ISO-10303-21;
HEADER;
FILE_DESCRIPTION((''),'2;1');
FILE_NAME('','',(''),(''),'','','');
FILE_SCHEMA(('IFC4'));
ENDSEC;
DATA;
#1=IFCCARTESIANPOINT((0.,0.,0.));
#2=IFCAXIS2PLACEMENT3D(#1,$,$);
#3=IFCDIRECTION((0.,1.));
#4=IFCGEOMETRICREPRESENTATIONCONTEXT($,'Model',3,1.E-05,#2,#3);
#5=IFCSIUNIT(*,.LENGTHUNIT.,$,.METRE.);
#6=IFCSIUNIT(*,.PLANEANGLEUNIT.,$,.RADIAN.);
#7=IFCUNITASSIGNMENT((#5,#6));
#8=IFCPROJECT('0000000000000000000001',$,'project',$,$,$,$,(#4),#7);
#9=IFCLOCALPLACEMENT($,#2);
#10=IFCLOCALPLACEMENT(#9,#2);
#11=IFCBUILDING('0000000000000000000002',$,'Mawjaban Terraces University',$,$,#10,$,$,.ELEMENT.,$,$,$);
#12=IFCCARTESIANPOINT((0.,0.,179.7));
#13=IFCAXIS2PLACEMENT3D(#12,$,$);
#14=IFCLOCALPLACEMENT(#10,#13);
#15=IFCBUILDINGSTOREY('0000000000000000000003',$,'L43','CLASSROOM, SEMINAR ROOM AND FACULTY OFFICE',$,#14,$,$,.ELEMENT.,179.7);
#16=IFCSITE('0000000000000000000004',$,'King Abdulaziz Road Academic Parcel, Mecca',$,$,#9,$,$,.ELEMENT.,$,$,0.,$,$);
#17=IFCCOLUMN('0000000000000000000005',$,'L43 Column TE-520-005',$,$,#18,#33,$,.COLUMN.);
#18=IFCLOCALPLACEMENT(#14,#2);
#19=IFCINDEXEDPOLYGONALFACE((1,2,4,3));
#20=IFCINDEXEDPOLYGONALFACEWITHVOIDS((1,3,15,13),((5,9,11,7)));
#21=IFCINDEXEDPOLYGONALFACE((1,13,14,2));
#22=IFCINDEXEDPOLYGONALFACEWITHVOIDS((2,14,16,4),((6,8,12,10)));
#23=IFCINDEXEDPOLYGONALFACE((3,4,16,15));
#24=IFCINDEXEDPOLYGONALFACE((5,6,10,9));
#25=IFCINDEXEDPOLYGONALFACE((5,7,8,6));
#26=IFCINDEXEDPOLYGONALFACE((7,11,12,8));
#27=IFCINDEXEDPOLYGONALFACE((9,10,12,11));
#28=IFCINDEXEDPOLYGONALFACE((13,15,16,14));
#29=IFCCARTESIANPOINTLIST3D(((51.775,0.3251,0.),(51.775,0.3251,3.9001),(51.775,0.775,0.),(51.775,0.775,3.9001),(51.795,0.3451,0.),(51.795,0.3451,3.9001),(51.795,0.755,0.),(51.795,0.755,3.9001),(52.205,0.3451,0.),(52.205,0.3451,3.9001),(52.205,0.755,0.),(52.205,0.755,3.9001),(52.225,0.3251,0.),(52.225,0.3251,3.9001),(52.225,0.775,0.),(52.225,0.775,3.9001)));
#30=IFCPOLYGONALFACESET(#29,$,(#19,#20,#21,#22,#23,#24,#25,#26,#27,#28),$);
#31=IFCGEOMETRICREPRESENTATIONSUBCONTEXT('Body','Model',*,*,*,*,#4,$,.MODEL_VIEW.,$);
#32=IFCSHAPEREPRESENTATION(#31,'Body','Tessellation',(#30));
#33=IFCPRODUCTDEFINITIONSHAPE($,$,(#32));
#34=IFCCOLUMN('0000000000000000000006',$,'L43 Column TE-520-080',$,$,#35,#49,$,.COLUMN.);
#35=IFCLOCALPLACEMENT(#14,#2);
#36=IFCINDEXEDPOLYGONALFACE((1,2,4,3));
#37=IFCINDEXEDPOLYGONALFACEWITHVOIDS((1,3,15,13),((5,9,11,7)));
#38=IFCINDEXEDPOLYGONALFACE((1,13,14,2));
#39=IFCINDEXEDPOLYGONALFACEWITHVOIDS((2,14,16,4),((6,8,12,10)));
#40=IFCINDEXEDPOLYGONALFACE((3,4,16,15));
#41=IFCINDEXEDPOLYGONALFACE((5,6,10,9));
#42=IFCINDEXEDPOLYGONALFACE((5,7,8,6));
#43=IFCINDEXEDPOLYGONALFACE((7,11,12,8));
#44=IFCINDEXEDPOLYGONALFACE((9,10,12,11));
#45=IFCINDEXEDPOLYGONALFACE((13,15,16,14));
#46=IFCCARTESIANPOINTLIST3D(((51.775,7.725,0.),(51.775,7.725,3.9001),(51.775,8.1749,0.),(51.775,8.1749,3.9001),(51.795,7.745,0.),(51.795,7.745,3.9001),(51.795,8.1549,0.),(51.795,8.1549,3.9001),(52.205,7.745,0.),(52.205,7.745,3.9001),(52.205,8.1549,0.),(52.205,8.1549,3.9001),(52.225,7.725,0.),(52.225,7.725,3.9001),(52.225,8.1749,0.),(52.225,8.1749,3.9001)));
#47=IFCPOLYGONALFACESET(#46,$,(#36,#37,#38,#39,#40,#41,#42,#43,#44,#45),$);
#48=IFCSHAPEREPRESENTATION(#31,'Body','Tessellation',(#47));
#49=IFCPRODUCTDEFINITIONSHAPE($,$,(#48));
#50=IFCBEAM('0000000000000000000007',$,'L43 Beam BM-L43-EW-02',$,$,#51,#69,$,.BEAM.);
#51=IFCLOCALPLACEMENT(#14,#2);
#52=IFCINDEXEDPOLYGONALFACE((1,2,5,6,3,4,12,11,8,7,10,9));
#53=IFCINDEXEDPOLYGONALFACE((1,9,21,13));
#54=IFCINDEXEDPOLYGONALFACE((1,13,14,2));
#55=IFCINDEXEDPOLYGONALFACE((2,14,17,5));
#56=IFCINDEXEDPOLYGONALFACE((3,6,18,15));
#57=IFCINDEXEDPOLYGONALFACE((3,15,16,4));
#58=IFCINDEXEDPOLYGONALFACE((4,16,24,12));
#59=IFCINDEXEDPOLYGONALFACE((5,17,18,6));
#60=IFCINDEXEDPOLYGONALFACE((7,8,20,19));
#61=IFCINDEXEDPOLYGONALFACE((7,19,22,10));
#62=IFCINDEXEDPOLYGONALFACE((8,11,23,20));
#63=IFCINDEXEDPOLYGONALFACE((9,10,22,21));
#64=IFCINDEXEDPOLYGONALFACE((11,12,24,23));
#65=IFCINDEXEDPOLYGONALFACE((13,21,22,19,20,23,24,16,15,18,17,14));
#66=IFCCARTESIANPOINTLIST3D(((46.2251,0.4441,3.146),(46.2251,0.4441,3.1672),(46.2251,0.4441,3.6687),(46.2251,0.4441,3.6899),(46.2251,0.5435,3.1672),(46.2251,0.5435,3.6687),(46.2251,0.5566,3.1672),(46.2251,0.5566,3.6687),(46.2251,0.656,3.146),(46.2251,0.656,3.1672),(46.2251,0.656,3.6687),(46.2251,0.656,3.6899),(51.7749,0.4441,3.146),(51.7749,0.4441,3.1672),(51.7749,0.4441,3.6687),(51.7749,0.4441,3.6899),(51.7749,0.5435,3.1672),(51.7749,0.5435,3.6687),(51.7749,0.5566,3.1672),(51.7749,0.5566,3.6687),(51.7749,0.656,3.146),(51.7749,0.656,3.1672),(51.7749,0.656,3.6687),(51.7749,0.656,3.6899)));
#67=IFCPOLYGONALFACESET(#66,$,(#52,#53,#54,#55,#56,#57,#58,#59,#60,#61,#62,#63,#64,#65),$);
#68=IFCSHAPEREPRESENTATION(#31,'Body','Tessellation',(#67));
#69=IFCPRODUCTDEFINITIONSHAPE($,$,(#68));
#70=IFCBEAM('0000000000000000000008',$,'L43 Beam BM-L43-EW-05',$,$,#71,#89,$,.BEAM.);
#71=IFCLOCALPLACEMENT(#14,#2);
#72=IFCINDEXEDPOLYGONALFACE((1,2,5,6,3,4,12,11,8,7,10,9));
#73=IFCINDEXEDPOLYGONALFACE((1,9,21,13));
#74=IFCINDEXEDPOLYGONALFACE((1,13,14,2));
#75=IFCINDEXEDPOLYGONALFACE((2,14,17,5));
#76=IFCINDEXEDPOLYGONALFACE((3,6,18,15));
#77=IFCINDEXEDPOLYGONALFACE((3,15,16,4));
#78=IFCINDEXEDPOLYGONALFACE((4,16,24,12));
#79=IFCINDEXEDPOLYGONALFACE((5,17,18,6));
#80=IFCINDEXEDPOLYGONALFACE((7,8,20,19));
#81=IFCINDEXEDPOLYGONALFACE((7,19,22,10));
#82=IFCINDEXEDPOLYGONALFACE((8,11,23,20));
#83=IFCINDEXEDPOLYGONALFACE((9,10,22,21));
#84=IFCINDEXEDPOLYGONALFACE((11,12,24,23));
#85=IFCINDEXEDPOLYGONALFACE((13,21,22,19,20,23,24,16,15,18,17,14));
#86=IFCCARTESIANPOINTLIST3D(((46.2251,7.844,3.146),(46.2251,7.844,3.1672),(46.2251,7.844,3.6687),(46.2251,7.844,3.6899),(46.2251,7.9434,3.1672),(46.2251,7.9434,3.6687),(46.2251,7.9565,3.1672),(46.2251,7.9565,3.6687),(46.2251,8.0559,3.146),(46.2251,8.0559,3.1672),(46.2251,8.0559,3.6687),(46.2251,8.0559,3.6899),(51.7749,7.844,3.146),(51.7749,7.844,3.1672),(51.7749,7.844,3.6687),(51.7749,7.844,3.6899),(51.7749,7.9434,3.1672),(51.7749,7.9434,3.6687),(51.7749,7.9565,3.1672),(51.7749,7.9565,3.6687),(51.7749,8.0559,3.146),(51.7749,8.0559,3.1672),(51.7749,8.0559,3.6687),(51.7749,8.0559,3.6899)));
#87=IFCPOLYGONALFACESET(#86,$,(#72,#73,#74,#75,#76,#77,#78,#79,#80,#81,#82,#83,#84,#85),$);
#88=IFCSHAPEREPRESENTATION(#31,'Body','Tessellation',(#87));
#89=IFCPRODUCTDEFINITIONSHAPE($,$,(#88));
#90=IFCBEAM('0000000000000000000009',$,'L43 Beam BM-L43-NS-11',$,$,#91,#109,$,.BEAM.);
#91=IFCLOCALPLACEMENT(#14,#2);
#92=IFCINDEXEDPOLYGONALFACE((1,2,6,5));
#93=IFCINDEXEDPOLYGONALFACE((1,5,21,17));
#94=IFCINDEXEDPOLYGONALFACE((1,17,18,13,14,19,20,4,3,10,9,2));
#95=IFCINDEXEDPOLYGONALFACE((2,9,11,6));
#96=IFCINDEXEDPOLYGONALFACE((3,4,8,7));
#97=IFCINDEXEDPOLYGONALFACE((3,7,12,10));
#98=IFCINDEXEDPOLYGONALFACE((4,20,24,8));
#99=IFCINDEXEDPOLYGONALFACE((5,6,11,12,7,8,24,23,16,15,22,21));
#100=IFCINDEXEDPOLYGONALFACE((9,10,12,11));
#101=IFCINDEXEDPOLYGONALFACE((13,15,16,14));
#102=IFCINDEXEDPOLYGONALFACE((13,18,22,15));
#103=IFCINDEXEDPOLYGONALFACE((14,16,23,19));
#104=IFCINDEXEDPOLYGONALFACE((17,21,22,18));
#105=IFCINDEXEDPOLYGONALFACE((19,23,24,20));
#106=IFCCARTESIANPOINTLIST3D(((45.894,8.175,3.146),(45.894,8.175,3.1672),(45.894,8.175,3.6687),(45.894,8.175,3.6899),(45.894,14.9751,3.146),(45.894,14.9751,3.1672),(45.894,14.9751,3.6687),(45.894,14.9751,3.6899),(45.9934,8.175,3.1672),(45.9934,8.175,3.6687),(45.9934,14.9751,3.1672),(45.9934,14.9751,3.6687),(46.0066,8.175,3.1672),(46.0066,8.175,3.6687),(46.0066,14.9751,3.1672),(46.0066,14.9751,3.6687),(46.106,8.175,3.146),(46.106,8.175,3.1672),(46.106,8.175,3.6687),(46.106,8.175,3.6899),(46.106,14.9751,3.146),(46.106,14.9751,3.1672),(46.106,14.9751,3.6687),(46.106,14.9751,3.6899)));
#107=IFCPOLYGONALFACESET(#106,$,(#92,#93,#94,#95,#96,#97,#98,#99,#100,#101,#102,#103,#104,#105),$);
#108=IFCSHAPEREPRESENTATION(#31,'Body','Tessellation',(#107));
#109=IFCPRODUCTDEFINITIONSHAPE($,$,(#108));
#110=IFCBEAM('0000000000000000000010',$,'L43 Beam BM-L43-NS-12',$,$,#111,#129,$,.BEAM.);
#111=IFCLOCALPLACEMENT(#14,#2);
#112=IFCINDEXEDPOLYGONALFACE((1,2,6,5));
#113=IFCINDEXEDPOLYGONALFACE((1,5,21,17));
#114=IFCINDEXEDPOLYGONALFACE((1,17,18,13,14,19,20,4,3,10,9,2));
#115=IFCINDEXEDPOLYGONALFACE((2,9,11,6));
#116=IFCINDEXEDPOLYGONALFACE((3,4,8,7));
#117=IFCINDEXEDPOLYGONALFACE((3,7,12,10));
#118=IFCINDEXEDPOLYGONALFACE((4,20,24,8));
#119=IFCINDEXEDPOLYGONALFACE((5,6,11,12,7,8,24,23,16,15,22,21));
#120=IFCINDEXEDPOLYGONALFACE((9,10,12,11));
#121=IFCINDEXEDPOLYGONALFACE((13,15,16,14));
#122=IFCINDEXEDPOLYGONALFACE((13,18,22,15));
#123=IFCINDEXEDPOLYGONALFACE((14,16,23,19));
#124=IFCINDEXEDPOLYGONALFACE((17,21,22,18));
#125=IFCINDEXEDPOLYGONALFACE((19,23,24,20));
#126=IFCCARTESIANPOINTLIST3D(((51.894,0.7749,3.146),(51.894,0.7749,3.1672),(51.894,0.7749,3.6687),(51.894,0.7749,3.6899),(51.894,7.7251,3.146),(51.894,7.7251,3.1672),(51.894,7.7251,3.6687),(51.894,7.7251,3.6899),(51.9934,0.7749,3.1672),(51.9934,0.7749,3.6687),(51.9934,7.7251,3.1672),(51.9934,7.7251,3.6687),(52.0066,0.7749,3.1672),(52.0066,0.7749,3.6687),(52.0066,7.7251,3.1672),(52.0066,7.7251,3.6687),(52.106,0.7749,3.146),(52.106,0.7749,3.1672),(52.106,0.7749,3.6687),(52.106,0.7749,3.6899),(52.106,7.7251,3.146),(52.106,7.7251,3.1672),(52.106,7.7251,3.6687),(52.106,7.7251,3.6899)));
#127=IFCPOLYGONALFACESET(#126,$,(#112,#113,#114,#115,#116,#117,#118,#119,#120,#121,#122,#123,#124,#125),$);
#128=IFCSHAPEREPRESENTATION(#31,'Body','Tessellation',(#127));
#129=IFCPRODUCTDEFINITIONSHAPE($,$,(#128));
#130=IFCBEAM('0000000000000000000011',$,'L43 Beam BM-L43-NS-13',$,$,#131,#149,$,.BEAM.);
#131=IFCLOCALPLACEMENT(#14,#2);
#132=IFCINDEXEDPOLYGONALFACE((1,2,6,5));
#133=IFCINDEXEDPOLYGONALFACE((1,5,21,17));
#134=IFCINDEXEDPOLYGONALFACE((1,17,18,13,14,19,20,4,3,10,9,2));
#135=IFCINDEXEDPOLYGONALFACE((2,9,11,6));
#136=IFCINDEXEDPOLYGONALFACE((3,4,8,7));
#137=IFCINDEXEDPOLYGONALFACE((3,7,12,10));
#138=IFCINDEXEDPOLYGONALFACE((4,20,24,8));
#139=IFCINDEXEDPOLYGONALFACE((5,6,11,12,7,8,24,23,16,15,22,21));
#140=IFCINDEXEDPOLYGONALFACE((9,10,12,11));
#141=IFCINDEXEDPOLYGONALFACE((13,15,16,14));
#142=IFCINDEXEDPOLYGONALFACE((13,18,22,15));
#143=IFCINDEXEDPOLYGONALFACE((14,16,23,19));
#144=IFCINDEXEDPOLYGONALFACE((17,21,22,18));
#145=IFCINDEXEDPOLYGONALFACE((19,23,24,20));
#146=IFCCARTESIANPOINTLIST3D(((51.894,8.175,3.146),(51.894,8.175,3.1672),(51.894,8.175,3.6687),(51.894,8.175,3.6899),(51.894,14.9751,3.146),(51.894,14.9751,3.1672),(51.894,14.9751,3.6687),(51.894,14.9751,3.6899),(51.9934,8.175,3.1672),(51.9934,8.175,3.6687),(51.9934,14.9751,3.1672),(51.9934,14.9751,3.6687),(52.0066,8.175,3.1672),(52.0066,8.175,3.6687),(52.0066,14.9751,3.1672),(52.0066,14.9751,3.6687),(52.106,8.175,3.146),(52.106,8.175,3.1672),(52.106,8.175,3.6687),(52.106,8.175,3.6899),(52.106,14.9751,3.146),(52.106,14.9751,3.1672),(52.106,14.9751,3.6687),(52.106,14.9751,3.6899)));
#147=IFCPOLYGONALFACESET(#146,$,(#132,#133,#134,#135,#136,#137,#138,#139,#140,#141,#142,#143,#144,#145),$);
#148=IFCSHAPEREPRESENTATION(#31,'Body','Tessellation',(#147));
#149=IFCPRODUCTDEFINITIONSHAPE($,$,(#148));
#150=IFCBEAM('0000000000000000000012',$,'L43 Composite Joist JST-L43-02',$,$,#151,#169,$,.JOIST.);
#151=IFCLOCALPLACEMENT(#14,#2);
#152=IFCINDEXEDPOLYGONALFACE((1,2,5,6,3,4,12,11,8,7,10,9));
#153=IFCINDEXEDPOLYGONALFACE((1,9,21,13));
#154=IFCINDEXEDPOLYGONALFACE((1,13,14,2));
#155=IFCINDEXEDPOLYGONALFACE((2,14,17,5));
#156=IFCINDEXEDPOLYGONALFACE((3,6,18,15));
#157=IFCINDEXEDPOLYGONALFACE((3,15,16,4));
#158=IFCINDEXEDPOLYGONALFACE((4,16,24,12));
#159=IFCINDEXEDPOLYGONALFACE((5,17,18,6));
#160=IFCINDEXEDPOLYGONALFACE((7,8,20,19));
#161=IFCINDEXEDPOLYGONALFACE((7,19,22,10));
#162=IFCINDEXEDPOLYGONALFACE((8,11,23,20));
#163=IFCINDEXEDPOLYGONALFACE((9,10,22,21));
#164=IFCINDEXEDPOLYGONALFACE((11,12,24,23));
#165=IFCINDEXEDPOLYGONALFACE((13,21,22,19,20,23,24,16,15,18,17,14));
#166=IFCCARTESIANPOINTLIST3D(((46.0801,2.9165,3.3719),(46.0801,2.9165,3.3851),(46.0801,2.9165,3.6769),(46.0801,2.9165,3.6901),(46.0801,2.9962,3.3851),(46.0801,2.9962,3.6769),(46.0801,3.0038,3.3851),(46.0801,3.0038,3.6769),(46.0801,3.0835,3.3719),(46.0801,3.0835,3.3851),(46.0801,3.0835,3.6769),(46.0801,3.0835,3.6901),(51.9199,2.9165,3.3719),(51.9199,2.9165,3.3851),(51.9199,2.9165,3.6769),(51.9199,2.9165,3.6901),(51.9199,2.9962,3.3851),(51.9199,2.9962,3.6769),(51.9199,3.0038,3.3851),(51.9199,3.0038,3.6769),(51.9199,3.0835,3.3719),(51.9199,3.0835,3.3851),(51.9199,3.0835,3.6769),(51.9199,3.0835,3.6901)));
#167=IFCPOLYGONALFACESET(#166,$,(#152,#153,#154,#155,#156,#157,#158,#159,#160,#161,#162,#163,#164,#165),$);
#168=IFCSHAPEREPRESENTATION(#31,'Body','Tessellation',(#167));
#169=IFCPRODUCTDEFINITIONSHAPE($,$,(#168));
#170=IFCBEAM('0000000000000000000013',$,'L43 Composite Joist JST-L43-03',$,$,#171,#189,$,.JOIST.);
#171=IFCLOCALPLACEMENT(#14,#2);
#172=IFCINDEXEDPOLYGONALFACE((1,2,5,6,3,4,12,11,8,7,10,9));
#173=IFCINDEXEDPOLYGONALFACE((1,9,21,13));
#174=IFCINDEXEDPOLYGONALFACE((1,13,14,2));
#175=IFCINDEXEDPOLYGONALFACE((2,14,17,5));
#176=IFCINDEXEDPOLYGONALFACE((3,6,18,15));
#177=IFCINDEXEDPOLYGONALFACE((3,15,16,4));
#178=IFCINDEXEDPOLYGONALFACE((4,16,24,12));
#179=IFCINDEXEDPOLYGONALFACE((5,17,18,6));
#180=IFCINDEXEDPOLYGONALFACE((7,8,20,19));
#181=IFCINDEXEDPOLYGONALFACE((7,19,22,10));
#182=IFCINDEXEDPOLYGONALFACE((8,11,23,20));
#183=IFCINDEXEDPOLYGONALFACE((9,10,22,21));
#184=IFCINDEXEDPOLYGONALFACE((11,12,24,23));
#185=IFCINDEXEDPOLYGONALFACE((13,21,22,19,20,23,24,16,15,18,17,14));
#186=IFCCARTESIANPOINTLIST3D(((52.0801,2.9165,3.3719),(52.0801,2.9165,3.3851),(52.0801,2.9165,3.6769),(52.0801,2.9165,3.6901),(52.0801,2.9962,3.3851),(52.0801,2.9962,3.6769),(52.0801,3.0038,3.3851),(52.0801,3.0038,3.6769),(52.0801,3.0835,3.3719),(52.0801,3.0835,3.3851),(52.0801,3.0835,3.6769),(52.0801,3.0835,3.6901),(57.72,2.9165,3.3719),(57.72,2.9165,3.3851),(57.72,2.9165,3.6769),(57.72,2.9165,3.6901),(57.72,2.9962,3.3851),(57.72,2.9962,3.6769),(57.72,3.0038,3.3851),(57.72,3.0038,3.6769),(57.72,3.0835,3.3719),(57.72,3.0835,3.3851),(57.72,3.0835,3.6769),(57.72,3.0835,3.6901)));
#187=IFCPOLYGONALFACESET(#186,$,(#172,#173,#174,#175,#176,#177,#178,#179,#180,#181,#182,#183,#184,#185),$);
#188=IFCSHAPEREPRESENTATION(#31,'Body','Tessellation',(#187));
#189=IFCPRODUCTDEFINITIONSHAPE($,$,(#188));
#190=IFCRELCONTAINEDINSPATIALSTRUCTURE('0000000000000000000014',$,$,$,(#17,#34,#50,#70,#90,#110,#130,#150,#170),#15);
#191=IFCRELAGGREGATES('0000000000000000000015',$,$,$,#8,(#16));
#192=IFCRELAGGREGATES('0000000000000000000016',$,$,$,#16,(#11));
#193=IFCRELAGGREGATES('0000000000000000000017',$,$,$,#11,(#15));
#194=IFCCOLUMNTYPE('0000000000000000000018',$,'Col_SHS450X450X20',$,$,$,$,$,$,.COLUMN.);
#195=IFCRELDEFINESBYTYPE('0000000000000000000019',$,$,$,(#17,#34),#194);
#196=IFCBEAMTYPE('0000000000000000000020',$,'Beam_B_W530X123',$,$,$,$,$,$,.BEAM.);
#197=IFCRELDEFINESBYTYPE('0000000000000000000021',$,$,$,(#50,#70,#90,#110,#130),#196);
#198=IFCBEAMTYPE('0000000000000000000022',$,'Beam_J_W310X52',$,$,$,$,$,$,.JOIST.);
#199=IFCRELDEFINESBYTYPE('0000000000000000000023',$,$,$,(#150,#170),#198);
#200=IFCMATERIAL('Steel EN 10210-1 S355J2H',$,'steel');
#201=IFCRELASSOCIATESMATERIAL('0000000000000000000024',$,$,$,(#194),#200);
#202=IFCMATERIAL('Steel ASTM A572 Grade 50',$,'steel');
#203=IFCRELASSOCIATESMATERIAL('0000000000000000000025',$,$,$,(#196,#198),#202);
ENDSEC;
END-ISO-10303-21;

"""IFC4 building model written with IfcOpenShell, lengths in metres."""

from ifc_helpers import new_model, si_unit, direction, frame, origin, origin_2d, place, context, subcontext, project, spatial, hollow_rectangle, i_section, extrude, material, material_profile, profile_set, type_object, element, save


model = new_model("IFC4")

# Units and contexts
model_context = context("Model", 3, precision=1e-05, world=origin(), true_north=direction((0.0, 1.0)))
body_context = subcontext(model_context, "Body", "Model", "MODEL_VIEW")
ifc_project = project(units=[si_unit("LENGTHUNIT", "METRE"), si_unit("PLANEANGLEUNIT", "RADIAN")], contexts=[model_context])

# Site, building, storey
site_placement = place(None, origin())
site = spatial("IfcSite", under=ifc_project, at=site_placement, Name="King Abdulaziz Road Academic Parcel, Mecca", CompositionType="ELEMENT", RefElevation=0.0)
building_placement = place(site_placement, origin())
building = spatial("IfcBuilding", under=site, at=building_placement, Name="Mawjaban Terraces University", CompositionType="ELEMENT")
storey_placement = place(building_placement, frame((0.0, 0.0, 179.7)))
storey = spatial("IfcBuildingStorey", under=building, at=storey_placement, Name="L43", Description="CLASSROOM, SEMINAR ROOM AND FACULTY OFFICE", CompositionType="ELEMENT", Elevation=179.7)

# Columns
ifc_material_1 = material(Name="Steel EN 10210-1 S355J2H", Category="steel")
ifc_material_profile_1 = material_profile(ifc_material_1, hollow_rectangle(XDim=0.45, YDim=0.45, WallThickness=0.02, at=origin_2d()), Name="SHS450X450X20")
ifc_profile_set_1 = profile_set([ifc_material_profile_1], Name="Steel EN 10210-1 S355J2H")
column_type = type_object("IfcColumnType", Name="Col_SHS450X450X20", PredefinedType="COLUMN", material=ifc_profile_set_1)
for number, where, z_axis, x_axis, name in (
    (1, (52.0, 0.55, 0.0), (0.0, 0.0, 1.0), (1.0, 0.0, 0.0), "L43 Column TE-520-005"),
    (2, (52.0, 7.95, 0.0), (0.0, 0.0, 1.0), (1.0, 0.0, 0.0), "L43 Column TE-520-080"),
):
    element("IfcColumn", number, at=place(storey_placement, frame(where, z_axis=z_axis, x_axis=x_axis)), inside=storey, type_object=column_type, Name=name, PredefinedType="COLUMN", context=body_context, shape_type="SweptSolid", body=[
        extrude(hollow_rectangle(XDim=0.45, YDim=0.45, WallThickness=0.02, at=origin_2d()), origin(), (0.0, 0.0, 1.0), 3.9001),
    ])

# Beams
ifc_material_2 = material(Name="Steel ASTM A572 Grade 50", Category="steel")
ifc_material_profile_2 = material_profile(ifc_material_2, i_section(OverallWidth=0.2119, OverallDepth=0.5439, WebThickness=0.0132, FlangeThickness=0.0212, at=origin_2d()), Name="W530X123")
ifc_profile_set_2 = profile_set([ifc_material_profile_2], Name="Steel ASTM A572 Grade 50")
beam_type_1 = type_object("IfcBeamType", Name="Beam_B_W530X123", PredefinedType="BEAM", material=ifc_profile_set_2)
for number, where, z_axis, x_axis, name in (
    (3, (46.2251, 0.55, 3.418), (1.0, 0.0, 0.0), (0.0, 1.0, 0.0), "L43 Beam BM-L43-EW-02"),
    (4, (46.2251, 7.95, 3.418), (1.0, 0.0, 0.0), (0.0, 1.0, 0.0), "L43 Beam BM-L43-EW-05"),
):
    element("IfcBeam", number, at=place(storey_placement, frame(where, z_axis=z_axis, x_axis=x_axis)), inside=storey, type_object=beam_type_1, Name=name, PredefinedType="BEAM", context=body_context, shape_type="SweptSolid", body=[
        extrude(i_section(OverallWidth=0.2119, OverallDepth=0.5439, WebThickness=0.0132, FlangeThickness=0.0212, at=origin_2d()), origin(), (0.0, 0.0, 1.0), 5.5498),
    ])
beam_1_placement = place(storey_placement, frame((46.0, 8.175, 3.418), z_axis=(0.0, 1.0, 0.0), x_axis=(-1.0, 0.0, 0.0)))
element("IfcBeam", 5, at=beam_1_placement, inside=storey, type_object=beam_type_1, Name="L43 Beam BM-L43-NS-11", PredefinedType="BEAM", context=body_context, shape_type="SweptSolid", body=[
    extrude(i_section(OverallWidth=0.2119, OverallDepth=0.5439, WebThickness=0.0132, FlangeThickness=0.0212, at=origin_2d()), origin(), (0.0, 0.0, 1.0), 6.8),
])
beam_2_placement = place(storey_placement, frame((52.0, 0.7749, 3.418), z_axis=(0.0, 1.0, 0.0), x_axis=(-1.0, 0.0, 0.0)))
element("IfcBeam", 6, at=beam_2_placement, inside=storey, type_object=beam_type_1, Name="L43 Beam BM-L43-NS-12", PredefinedType="BEAM", context=body_context, shape_type="SweptSolid", body=[
    extrude(i_section(OverallWidth=0.2119, OverallDepth=0.5439, WebThickness=0.0132, FlangeThickness=0.0212, at=origin_2d()), origin(), (0.0, 0.0, 1.0), 6.9502),
])
beam_3_placement = place(storey_placement, frame((52.0, 8.175, 3.418), z_axis=(0.0, 1.0, 0.0), x_axis=(-1.0, 0.0, 0.0)))
element("IfcBeam", 7, at=beam_3_placement, inside=storey, type_object=beam_type_1, Name="L43 Beam BM-L43-NS-13", PredefinedType="BEAM", context=body_context, shape_type="SweptSolid", body=[
    extrude(i_section(OverallWidth=0.2119, OverallDepth=0.5439, WebThickness=0.0132, FlangeThickness=0.0212, at=origin_2d()), origin(), (0.0, 0.0, 1.0), 6.8),
])
ifc_material_profile_3 = material_profile(ifc_material_2, i_section(OverallWidth=0.167, OverallDepth=0.3181, WebThickness=0.0076, FlangeThickness=0.0132, at=origin_2d()), Name="W310X52")
ifc_profile_set_3 = profile_set([ifc_material_profile_3], Name="Steel ASTM A572 Grade 50")
beam_type_2 = type_object("IfcBeamType", Name="Beam_J_W310X52", PredefinedType="JOIST", material=ifc_profile_set_3)
beam_4_placement = place(storey_placement, frame((46.0801, 3.0, 3.531), z_axis=(1.0, 0.0, 0.0), x_axis=(0.0, 1.0, 0.0)))
element("IfcBeam", 8, at=beam_4_placement, inside=storey, type_object=beam_type_2, Name="L43 Composite Joist JST-L43-02", PredefinedType="JOIST", context=body_context, shape_type="SweptSolid", body=[
    extrude(i_section(OverallWidth=0.167, OverallDepth=0.3181, WebThickness=0.0076, FlangeThickness=0.0132, at=origin_2d()), origin(), (0.0, 0.0, 1.0), 5.8398),
])
beam_5_placement = place(storey_placement, frame((52.0801, 3.0, 3.531), z_axis=(1.0, 0.0, 0.0), x_axis=(0.0, 1.0, 0.0)))
element("IfcBeam", 9, at=beam_5_placement, inside=storey, type_object=beam_type_2, Name="L43 Composite Joist JST-L43-03", PredefinedType="JOIST", context=body_context, shape_type="SweptSolid", body=[
    extrude(i_section(OverallWidth=0.167, OverallDepth=0.3181, WebThickness=0.0076, FlangeThickness=0.0132, at=origin_2d()), origin(), (0.0, 0.0, 1.0), 5.6399),
])

save(model, "model.ifc")
